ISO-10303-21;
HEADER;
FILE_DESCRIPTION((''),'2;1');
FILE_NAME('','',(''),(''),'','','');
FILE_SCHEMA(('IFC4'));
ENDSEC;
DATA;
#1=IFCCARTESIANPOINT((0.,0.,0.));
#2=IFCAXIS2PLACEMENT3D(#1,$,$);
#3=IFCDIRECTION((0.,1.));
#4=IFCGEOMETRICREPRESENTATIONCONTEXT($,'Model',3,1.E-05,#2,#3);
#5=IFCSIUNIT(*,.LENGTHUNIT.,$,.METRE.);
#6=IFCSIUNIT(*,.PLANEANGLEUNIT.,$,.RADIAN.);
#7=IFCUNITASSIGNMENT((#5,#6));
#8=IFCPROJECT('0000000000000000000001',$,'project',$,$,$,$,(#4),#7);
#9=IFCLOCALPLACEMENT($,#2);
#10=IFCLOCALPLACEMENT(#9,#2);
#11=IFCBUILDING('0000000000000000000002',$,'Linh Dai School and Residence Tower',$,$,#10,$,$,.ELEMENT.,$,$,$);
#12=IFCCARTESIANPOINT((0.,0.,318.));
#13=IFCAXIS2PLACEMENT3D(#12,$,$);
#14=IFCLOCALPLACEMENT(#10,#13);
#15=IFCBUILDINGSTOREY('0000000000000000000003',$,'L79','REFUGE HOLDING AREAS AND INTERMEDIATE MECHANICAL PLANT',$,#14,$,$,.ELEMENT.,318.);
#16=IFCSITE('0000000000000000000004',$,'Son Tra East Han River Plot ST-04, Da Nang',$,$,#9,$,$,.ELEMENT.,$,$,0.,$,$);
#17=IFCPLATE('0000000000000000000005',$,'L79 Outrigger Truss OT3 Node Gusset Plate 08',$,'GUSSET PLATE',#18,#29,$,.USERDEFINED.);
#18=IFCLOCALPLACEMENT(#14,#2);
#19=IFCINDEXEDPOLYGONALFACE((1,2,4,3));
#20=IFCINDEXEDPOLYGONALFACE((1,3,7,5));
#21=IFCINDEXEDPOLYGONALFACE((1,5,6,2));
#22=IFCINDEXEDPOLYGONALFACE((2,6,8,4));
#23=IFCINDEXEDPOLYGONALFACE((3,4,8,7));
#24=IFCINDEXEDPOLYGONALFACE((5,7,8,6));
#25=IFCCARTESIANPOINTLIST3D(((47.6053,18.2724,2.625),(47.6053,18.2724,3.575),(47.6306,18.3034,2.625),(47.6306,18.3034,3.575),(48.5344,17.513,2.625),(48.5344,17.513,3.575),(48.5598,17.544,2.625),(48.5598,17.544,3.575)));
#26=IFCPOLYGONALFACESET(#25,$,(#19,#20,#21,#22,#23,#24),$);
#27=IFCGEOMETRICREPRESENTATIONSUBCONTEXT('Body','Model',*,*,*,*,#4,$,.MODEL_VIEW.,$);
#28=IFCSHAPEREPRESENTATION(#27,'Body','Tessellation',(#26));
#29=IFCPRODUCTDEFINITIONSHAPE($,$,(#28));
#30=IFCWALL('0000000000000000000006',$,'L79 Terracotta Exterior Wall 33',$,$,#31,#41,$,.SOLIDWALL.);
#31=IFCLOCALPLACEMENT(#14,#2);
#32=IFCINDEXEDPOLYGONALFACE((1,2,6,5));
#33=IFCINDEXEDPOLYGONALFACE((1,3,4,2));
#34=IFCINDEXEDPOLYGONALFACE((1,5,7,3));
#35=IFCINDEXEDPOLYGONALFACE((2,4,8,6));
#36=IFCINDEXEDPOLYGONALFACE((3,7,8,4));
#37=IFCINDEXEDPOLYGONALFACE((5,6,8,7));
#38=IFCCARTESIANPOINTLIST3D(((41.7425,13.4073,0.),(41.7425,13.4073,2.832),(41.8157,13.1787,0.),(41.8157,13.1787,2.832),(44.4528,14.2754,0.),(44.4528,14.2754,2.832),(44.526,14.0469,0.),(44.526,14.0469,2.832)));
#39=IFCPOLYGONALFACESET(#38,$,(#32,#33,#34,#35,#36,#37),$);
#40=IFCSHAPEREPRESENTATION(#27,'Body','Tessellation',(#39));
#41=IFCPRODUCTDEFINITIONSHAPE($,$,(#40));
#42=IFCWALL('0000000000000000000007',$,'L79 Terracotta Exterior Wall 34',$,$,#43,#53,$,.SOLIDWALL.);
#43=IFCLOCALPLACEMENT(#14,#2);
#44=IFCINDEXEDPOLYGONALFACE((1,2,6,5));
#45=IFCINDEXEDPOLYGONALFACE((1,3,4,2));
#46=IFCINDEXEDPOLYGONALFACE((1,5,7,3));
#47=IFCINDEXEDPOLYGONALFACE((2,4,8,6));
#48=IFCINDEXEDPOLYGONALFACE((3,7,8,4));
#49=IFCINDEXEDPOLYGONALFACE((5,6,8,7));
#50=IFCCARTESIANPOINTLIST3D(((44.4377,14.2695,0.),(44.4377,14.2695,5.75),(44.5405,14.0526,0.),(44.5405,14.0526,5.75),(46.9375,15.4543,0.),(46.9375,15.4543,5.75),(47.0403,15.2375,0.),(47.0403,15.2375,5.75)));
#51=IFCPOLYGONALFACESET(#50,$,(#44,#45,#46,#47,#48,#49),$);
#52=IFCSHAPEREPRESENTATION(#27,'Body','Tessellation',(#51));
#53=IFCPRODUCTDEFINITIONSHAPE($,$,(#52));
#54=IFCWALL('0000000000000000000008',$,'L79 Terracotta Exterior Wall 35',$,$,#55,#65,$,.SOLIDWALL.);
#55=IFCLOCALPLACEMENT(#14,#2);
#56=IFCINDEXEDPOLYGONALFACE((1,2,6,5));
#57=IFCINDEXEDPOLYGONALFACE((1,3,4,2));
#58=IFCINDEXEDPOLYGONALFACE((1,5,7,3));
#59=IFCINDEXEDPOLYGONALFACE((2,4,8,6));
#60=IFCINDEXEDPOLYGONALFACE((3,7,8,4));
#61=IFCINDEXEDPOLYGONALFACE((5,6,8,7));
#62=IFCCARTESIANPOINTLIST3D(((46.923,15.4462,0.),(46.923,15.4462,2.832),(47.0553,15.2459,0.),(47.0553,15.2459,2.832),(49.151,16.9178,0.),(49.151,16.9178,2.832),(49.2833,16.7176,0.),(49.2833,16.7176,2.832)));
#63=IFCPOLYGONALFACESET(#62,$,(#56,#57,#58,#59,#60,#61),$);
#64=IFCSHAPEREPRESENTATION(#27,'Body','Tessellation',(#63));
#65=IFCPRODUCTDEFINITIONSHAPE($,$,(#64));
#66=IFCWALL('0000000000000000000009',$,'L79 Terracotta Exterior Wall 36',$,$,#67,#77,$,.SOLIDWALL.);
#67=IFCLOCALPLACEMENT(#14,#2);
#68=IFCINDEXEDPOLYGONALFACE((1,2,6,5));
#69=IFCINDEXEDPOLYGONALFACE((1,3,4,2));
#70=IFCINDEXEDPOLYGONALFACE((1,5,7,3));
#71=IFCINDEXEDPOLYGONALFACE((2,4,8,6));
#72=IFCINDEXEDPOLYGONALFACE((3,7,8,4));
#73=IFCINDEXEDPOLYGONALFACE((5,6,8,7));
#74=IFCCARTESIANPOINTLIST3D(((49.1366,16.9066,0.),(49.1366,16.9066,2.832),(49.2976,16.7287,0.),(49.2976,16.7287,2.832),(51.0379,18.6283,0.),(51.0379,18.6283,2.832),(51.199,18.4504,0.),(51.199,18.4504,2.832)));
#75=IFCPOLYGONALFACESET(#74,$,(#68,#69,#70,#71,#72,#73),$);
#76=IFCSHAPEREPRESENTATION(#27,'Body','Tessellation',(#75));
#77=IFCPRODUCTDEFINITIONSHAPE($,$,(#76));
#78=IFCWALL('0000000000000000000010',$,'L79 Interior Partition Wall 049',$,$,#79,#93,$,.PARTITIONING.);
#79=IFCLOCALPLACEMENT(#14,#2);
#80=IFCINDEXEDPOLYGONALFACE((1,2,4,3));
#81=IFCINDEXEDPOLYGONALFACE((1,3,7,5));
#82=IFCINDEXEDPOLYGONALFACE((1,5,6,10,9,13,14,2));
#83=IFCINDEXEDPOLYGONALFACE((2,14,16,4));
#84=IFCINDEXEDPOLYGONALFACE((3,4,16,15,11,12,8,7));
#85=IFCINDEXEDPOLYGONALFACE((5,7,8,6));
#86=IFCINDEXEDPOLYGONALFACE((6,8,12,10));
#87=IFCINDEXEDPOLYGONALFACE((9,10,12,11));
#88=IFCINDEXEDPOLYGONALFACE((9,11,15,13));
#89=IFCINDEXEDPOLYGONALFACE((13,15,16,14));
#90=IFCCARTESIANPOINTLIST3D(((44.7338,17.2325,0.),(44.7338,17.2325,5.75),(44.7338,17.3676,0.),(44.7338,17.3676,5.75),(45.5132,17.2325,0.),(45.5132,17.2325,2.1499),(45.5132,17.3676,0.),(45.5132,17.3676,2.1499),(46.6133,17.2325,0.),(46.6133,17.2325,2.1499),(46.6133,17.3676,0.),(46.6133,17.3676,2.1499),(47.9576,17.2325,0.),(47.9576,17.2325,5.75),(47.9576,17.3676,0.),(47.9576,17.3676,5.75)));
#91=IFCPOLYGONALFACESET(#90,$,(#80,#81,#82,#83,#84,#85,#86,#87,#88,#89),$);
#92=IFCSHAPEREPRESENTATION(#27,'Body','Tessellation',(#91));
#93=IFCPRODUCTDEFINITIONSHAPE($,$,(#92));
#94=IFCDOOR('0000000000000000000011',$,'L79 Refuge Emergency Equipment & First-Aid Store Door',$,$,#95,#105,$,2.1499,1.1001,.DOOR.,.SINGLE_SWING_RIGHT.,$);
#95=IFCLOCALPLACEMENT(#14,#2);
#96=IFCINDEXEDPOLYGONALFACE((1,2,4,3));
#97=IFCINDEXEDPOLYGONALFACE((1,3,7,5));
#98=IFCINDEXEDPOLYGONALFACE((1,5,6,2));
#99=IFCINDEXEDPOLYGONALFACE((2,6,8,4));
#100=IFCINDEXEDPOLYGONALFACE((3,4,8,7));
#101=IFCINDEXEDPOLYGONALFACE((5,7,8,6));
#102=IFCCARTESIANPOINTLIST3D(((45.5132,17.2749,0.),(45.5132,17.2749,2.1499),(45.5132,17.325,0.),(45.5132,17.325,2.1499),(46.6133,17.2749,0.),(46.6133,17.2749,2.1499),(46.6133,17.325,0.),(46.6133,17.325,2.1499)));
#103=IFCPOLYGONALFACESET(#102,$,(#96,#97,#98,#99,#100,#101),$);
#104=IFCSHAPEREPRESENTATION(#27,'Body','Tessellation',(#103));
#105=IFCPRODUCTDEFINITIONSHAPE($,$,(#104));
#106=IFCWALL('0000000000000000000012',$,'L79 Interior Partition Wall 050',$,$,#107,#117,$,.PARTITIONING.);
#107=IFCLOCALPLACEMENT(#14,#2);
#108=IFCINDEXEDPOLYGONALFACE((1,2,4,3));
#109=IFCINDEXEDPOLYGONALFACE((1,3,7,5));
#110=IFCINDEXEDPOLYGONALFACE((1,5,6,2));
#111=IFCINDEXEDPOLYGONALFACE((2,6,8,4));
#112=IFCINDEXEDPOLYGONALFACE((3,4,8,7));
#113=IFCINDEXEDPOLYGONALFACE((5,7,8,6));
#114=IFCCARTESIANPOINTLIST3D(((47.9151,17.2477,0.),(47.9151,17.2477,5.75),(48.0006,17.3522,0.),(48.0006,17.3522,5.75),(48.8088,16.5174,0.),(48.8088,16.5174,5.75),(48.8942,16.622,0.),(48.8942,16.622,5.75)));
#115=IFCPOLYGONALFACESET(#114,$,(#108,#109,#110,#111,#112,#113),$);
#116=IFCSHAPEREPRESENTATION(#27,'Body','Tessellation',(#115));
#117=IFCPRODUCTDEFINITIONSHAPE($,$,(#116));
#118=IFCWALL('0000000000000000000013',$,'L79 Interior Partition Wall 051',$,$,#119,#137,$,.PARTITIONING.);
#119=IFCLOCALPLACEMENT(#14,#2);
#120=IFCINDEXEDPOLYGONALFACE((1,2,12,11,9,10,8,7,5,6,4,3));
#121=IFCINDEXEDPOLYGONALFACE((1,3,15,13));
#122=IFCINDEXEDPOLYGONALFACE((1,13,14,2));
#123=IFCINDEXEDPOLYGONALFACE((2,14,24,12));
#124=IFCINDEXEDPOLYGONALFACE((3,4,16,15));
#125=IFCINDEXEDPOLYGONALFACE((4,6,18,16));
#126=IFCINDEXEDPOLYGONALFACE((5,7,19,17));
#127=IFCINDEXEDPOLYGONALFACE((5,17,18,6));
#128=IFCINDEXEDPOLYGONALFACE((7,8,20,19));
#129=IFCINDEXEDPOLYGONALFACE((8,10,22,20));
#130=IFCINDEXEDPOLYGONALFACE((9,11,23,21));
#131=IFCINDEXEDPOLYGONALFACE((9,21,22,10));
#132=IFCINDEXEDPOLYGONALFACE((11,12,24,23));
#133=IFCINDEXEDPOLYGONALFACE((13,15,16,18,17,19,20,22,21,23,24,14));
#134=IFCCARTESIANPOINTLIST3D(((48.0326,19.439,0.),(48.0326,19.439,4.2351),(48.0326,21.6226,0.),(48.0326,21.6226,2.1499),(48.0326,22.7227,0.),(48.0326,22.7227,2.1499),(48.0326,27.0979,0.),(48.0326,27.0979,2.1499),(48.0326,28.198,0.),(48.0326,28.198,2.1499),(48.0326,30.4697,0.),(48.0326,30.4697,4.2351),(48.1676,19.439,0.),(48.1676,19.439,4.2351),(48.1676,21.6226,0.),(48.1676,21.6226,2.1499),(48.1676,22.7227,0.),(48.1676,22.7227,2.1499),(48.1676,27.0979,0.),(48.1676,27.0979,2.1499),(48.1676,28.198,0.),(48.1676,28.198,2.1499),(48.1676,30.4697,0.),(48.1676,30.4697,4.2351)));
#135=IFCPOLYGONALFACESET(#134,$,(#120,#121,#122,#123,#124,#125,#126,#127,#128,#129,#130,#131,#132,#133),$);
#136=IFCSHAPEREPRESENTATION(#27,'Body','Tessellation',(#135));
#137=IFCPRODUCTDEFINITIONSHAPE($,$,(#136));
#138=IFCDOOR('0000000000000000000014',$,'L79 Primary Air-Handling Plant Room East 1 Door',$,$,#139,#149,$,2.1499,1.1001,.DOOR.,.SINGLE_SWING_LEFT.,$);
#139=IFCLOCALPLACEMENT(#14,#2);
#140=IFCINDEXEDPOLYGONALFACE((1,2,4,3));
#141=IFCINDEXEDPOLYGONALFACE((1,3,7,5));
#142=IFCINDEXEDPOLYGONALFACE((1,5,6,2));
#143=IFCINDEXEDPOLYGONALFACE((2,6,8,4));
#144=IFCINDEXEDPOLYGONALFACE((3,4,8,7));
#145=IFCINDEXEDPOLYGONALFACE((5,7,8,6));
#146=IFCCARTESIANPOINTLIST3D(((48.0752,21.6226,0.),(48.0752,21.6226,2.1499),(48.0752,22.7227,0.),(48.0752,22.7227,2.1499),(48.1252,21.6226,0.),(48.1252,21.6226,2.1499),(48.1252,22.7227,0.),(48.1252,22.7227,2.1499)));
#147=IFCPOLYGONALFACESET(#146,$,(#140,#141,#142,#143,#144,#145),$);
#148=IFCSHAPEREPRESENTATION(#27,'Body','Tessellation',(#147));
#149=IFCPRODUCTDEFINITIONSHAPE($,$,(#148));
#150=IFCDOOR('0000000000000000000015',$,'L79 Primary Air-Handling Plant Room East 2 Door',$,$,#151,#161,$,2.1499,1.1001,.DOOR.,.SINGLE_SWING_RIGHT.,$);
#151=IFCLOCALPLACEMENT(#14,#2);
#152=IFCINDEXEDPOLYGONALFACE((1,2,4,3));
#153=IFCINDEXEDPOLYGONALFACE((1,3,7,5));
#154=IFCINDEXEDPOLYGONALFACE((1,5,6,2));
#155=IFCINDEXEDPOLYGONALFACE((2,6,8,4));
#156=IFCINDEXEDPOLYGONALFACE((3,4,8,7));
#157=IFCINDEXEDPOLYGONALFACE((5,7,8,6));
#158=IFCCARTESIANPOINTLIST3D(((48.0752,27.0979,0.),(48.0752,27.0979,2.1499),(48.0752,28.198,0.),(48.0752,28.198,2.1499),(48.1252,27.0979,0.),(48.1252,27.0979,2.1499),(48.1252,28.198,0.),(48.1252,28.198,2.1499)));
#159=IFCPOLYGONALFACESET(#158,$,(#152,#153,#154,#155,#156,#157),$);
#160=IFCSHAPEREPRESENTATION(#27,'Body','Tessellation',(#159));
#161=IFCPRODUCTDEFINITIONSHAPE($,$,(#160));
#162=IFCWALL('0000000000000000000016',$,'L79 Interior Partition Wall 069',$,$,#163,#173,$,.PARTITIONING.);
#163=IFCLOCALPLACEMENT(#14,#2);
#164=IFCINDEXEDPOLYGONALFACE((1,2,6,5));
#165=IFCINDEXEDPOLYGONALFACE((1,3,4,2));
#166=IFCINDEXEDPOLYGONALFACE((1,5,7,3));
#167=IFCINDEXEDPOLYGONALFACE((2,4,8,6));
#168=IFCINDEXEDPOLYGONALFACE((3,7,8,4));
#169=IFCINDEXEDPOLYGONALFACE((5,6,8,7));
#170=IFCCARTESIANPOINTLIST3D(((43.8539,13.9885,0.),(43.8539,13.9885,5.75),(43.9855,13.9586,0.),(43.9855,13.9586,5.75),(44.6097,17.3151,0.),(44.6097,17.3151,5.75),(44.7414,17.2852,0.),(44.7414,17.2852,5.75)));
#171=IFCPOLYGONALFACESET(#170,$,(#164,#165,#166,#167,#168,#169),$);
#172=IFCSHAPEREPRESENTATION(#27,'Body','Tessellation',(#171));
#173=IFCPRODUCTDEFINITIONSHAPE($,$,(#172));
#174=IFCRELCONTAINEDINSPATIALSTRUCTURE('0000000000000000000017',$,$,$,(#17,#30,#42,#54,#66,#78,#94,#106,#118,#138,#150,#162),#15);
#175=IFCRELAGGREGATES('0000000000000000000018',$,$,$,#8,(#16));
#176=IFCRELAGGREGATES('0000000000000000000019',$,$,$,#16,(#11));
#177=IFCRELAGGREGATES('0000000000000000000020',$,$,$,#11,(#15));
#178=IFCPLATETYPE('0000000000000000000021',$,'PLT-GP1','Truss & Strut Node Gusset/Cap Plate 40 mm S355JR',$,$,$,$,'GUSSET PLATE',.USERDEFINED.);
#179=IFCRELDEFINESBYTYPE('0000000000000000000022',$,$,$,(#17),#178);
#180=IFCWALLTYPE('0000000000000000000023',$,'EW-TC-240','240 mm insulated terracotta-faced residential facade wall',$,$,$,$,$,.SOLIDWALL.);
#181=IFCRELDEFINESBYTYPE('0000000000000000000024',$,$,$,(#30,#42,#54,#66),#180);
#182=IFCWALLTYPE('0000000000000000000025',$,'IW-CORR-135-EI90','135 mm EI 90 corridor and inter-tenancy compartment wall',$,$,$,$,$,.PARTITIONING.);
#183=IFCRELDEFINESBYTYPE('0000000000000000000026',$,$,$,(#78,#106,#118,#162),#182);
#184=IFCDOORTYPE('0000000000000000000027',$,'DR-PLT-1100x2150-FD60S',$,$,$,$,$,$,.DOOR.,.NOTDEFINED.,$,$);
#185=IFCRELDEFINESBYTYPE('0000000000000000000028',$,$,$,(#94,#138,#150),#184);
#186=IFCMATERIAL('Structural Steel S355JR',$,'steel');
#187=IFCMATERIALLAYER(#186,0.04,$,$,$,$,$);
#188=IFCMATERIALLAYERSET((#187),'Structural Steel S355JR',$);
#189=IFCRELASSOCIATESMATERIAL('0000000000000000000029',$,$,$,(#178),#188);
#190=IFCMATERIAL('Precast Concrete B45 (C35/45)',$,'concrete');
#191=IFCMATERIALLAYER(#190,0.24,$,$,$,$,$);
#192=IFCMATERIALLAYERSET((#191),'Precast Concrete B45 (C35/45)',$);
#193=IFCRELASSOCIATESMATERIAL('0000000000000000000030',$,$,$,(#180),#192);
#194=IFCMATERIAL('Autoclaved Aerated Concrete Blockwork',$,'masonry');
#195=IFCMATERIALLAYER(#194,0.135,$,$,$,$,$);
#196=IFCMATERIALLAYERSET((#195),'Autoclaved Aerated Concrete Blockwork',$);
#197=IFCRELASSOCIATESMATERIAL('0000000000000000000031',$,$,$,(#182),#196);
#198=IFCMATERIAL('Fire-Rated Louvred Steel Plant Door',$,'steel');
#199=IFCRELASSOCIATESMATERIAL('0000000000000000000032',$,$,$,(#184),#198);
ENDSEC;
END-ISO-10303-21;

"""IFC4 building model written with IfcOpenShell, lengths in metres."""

from ifc_helpers import new_model, si_unit, direction, frame, frame_2d, origin, origin_2d, place, context, subcontext, project, spatial, rectangle, extrude, source, transform, mapped, material, layer, layer_set, type_object, element, fill, save


model = new_model("IFC4")

# Units and contexts
model_context = context("Model", 3, precision=1e-05, world=origin(), true_north=direction((0.0, 1.0)))
body_context = subcontext(model_context, "Body", "Model", "MODEL_VIEW")
ifc_project = project(units=[si_unit("LENGTHUNIT", "METRE"), si_unit("PLANEANGLEUNIT", "RADIAN")], contexts=[model_context])

# Site, building, storey
site_placement = place(None, origin())
site = spatial("IfcSite", under=ifc_project, at=site_placement, Name="Son Tra East Han River Plot ST-04, Da Nang", CompositionType="ELEMENT", RefElevation=0.0)
building_placement = place(site_placement, origin())
building = spatial("IfcBuilding", under=site, at=building_placement, Name="Linh Dai School and Residence Tower", CompositionType="ELEMENT")
storey_placement = place(building_placement, frame((0.0, 0.0, 318.0)))
storey = spatial("IfcBuildingStorey", under=building, at=storey_placement, Name="L79", Description="REFUGE HOLDING AREAS AND INTERMEDIATE MECHANICAL PLANT", CompositionType="ELEMENT", Elevation=318.0)

# Shared definitions
ifc_material_1 = material(Name="Structural Steel S355JR", Category="steel")

# Plate
ifc_layer_1 = layer(ifc_material_1, 0.04)
ifc_layer_set_1 = layer_set([ifc_layer_1], Name="Structural Steel S355JR")
plate_type = type_object("IfcPlateType", Name="PLT-GP1", Description="Truss & Strut Node Gusset/Cap Plate 40 mm S355JR", ElementType="GUSSET PLATE", PredefinedType="USERDEFINED", material=ifc_layer_set_1)
shared_shape_1 = source(origin(), body_context, "Body", "SweptSolid", [
    extrude(rectangle(XDim=1.2, YDim=0.04, at=origin_2d()), origin(), (0.0, 0.0, 1.0), 0.95),
])
plate_1_placement = place(storey_placement, frame((48.0825, 17.9082, 2.625), z_axis=(0.0, 0.0, 1.0), x_axis=(0.774325, -0.632789, 0.0)))
element("IfcPlate", 1, at=plate_1_placement, inside=storey, type_object=plate_type, Name="L79 Outrigger Truss OT3 Node Gusset Plate 08", ObjectType="GUSSET PLATE", PredefinedType="USERDEFINED", context=body_context, shape_type="MappedRepresentation", body=[
    mapped(shared_shape_1, transform((0.0, 0.0, 0.0), x_axis=(1.0, 0.0, 0.0), y_axis=(0.0, 1.0, 0.0), z_axis=(0.0, 0.0, 1.0), scale=1.0)),
])

# Walls
ifc_material_2 = material(Name="Precast Concrete B45 (C35/45)", Category="concrete")
ifc_layer_2 = layer(ifc_material_2, 0.24)
ifc_layer_set_2 = layer_set([ifc_layer_2], Name="Precast Concrete B45 (C35/45)")
wall_type_1 = type_object("IfcWallType", Name="EW-TC-240", Description="240 mm insulated terracotta-faced residential facade wall", PredefinedType="SOLIDWALL", material=ifc_layer_set_2)
wall_1_placement = place(storey_placement, frame((44.4893, 14.1611, 0.0), z_axis=(0.0, 0.0, 1.0), x_axis=(-0.952332, -0.305062, 0.0)))
element("IfcWall", 2, at=wall_1_placement, inside=storey, type_object=wall_type_1, Name="L79 Terracotta Exterior Wall 33", PredefinedType="SOLIDWALL", context=body_context, shape_type="SweptSolid", body=[
    extrude(rectangle(XDim=2.8459, YDim=0.24, at=frame_2d((1.4229, 0.0))), origin(), (0.0, 0.0, 1.0), 2.832),
])
wall_2_placement = place(storey_placement, frame((46.989, 15.3459, 0.0), z_axis=(0.0, 0.0, 1.0), x_axis=(-0.903637, -0.428299, 0.0)))
element("IfcWall", 3, at=wall_2_placement, inside=storey, type_object=wall_type_1, Name="L79 Terracotta Exterior Wall 34", PredefinedType="SOLIDWALL", context=body_context, shape_type="SweptSolid", body=[
    extrude(rectangle(XDim=2.7664, YDim=0.24, at=frame_2d((1.3833, 0.0))), origin(), (0.0, 0.0, 1.0), 5.75),
])
wall_3_placement = place(storey_placement, frame((49.217, 16.8176, 0.0), z_axis=(0.0, 0.0, 1.0), x_axis=(-0.834406, -0.55115, 0.0)))
element("IfcWall", 4, at=wall_3_placement, inside=storey, type_object=wall_type_1, Name="L79 Terracotta Exterior Wall 35", PredefinedType="SOLIDWALL", context=body_context, shape_type="SweptSolid", body=[
    extrude(rectangle(XDim=2.6702, YDim=0.24, at=frame_2d((1.335, 0.0))), origin(), (0.0, 0.0, 1.0), 2.832),
])
wall_4_placement = place(storey_placement, frame((51.1184, 18.5393, 0.0), z_axis=(0.0, 0.0, 1.0), x_axis=(-0.741265, -0.671212, 0.0)))
element("IfcWall", 5, at=wall_4_placement, inside=storey, type_object=wall_type_1, Name="L79 Terracotta Exterior Wall 36", PredefinedType="SOLIDWALL", context=body_context, shape_type="SweptSolid", body=[
    extrude(rectangle(XDim=2.5649, YDim=0.24, at=frame_2d((1.2825, 0.0))), origin(), (0.0, 0.0, 1.0), 2.832),
])

# Wall, opening, door
ifc_material_3 = material(Name="Autoclaved Aerated Concrete Blockwork", Category="masonry")
ifc_layer_3 = layer(ifc_material_3, 0.135)
ifc_layer_set_3 = layer_set([ifc_layer_3], Name="Autoclaved Aerated Concrete Blockwork")
wall_type_2 = type_object("IfcWallType", Name="IW-CORR-135-EI90", Description="135 mm EI 90 corridor and inter-tenancy compartment wall", PredefinedType="PARTITIONING", material=ifc_layer_set_3)
wall_5_placement = place(storey_placement, frame((44.7339, 17.3, 0.0), z_axis=(0.0, 0.0, 1.0), x_axis=(1.0, 0.0, 0.0)))
wall_5 = element("IfcWall", 6, at=wall_5_placement, inside=storey, type_object=wall_type_2, Name="L79 Interior Partition Wall 049", PredefinedType="PARTITIONING", context=body_context, shape_type="SweptSolid", body=[
    extrude(rectangle(XDim=3.2239, YDim=0.135, at=frame_2d((1.6118, 0.0))), origin(), (0.0, 0.0, 1.0), 5.75),
])
opening_1_placement = place(wall_5_placement, frame((0.7793, 0.0, 0.0)))
opening_1 = element("IfcOpeningElement", 7, at=opening_1_placement, cuts=wall_5, PredefinedType="OPENING", context=body_context, shape_type="SweptSolid", body=[
    extrude(rectangle(XDim=1.1001, YDim=2.1499, at=origin_2d()), frame((0.55, 0.0776, 1.075), z_axis=(0.0, -1.0, 0.0), x_axis=(1.0, 0.0, 0.0)), (0.0, 0.0, 1.0), 0.155),
])
ifc_material_4 = material(Name="Fire-Rated Louvred Steel Plant Door", Category="steel")
door_type = type_object("IfcDoorType", Name="DR-PLT-1100x2150-FD60S", OperationType="NOTDEFINED", PredefinedType="DOOR", material=ifc_material_4)
shared_shape_2 = source(origin(), body_context, "Body", "SweptSolid", [
    extrude(rectangle(XDim=1.1001, YDim=2.1499, at=origin_2d()), frame((0.55, 0.0249, 1.075), z_axis=(0.0, -1.0, 0.0), x_axis=(1.0, 0.0, 0.0)), (0.0, 0.0, 1.0), 0.05),
])
door_1_placement = place(opening_1_placement, origin())
door_1 = element("IfcDoor", 8, at=door_1_placement, inside=storey, type_object=door_type, Name="L79 Refuge Emergency Equipment & First-Aid Store Door", OperationType="SINGLE_SWING_RIGHT", OverallHeight=2.1499, OverallWidth=1.1001, PredefinedType="DOOR", context=body_context, shape_type="MappedRepresentation", body=[
    mapped(shared_shape_2, transform((0.0, 0.0, 0.0), x_axis=(1.0, 0.0, 0.0), y_axis=(0.0, 1.0, 0.0), z_axis=(0.0, 0.0, 1.0), scale=1.0)),
])
fill(opening_1, door_1)

# Wall
wall_6_placement = place(storey_placement, frame((47.9578, 17.3, 0.0), z_axis=(0.0, 0.0, 1.0), x_axis=(0.774325, -0.632788, 0.0)))
element("IfcWall", 9, at=wall_6_placement, inside=storey, type_object=wall_type_2, Name="L79 Interior Partition Wall 050", PredefinedType="PARTITIONING", context=body_context, shape_type="SweptSolid", body=[
    extrude(rectangle(XDim=1.1541, YDim=0.135, at=frame_2d((0.5771, 0.0))), origin(), (0.0, 0.0, 1.0), 5.75),
])

# Wall, openings, doors
wall_7_placement = place(storey_placement, frame((48.1001, 19.439, 0.0), z_axis=(0.0, 0.0, 1.0), x_axis=(0.0, 1.0, 0.0)))
wall_7 = element("IfcWall", 10, at=wall_7_placement, inside=storey, type_object=wall_type_2, Name="L79 Interior Partition Wall 051", PredefinedType="PARTITIONING", context=body_context, shape_type="SweptSolid", body=[
    extrude(rectangle(XDim=11.0308, YDim=0.135, at=frame_2d((5.5154, 0.0))), origin(), (0.0, 0.0, 1.0), 4.2351),
])
opening_2_placement = place(wall_7_placement, frame((2.1836, 0.0, 0.0)))
opening_2 = element("IfcOpeningElement", 11, at=opening_2_placement, cuts=wall_7, PredefinedType="OPENING", context=body_context, shape_type="SweptSolid", body=[
    extrude(rectangle(XDim=1.1001, YDim=2.1499, at=origin_2d()), frame((0.55, 0.0776, 1.075), z_axis=(0.0, -1.0, 0.0), x_axis=(1.0, 0.0, 0.0)), (0.0, 0.0, 1.0), 0.155),
])
opening_3_placement = place(wall_7_placement, frame((7.6589, 0.0, 0.0)))
opening_3 = element("IfcOpeningElement", 12, at=opening_3_placement, cuts=wall_7, PredefinedType="OPENING", context=body_context, shape_type="SweptSolid", body=[
    extrude(rectangle(XDim=1.1001, YDim=2.1499, at=origin_2d()), frame((0.55, 0.0776, 1.075), z_axis=(0.0, -1.0, 0.0), x_axis=(1.0, 0.0, 0.0)), (0.0, 0.0, 1.0), 0.155),
])
door_2_placement = place(opening_2_placement, origin())
door_2 = element("IfcDoor", 13, at=door_2_placement, inside=storey, type_object=door_type, Name="L79 Primary Air-Handling Plant Room East 1 Door", OperationType="SINGLE_SWING_LEFT", OverallHeight=2.1499, OverallWidth=1.1001, PredefinedType="DOOR", context=body_context, shape_type="MappedRepresentation", body=[
    mapped(shared_shape_2, transform((0.0, 0.0, 0.0), x_axis=(1.0, 0.0, 0.0), y_axis=(0.0, 1.0, 0.0), z_axis=(0.0, 0.0, 1.0), scale=1.0)),
])
fill(opening_2, door_2)
door_3_placement = place(opening_3_placement, origin())
door_3 = element("IfcDoor", 14, at=door_3_placement, inside=storey, type_object=door_type, Name="L79 Primary Air-Handling Plant Room East 2 Door", OperationType="SINGLE_SWING_RIGHT", OverallHeight=2.1499, OverallWidth=1.1001, PredefinedType="DOOR", context=body_context, shape_type="MappedRepresentation", body=[
    mapped(shared_shape_2, transform((0.0, 0.0, 0.0), x_axis=(1.0, 0.0, 0.0), y_axis=(0.0, 1.0, 0.0), z_axis=(0.0, 0.0, 1.0), scale=1.0)),
])
fill(opening_3, door_3)

# Wall
wall_8_placement = place(storey_placement, frame((44.6755, 17.3, 0.0), z_axis=(0.0, 0.0, 1.0), x_axis=(-0.221565, -0.975146, 0.0)))
element("IfcWall", 15, at=wall_8_placement, inside=storey, type_object=wall_type_2, Name="L79 Interior Partition Wall 069", PredefinedType="PARTITIONING", context=body_context, shape_type="SweptSolid", body=[
    extrude(rectangle(XDim=3.4114, YDim=0.135, at=frame_2d((1.7056, 0.0))), origin(), (0.0, 0.0, 1.0), 5.75),
])

save(model, "model.ifc")
